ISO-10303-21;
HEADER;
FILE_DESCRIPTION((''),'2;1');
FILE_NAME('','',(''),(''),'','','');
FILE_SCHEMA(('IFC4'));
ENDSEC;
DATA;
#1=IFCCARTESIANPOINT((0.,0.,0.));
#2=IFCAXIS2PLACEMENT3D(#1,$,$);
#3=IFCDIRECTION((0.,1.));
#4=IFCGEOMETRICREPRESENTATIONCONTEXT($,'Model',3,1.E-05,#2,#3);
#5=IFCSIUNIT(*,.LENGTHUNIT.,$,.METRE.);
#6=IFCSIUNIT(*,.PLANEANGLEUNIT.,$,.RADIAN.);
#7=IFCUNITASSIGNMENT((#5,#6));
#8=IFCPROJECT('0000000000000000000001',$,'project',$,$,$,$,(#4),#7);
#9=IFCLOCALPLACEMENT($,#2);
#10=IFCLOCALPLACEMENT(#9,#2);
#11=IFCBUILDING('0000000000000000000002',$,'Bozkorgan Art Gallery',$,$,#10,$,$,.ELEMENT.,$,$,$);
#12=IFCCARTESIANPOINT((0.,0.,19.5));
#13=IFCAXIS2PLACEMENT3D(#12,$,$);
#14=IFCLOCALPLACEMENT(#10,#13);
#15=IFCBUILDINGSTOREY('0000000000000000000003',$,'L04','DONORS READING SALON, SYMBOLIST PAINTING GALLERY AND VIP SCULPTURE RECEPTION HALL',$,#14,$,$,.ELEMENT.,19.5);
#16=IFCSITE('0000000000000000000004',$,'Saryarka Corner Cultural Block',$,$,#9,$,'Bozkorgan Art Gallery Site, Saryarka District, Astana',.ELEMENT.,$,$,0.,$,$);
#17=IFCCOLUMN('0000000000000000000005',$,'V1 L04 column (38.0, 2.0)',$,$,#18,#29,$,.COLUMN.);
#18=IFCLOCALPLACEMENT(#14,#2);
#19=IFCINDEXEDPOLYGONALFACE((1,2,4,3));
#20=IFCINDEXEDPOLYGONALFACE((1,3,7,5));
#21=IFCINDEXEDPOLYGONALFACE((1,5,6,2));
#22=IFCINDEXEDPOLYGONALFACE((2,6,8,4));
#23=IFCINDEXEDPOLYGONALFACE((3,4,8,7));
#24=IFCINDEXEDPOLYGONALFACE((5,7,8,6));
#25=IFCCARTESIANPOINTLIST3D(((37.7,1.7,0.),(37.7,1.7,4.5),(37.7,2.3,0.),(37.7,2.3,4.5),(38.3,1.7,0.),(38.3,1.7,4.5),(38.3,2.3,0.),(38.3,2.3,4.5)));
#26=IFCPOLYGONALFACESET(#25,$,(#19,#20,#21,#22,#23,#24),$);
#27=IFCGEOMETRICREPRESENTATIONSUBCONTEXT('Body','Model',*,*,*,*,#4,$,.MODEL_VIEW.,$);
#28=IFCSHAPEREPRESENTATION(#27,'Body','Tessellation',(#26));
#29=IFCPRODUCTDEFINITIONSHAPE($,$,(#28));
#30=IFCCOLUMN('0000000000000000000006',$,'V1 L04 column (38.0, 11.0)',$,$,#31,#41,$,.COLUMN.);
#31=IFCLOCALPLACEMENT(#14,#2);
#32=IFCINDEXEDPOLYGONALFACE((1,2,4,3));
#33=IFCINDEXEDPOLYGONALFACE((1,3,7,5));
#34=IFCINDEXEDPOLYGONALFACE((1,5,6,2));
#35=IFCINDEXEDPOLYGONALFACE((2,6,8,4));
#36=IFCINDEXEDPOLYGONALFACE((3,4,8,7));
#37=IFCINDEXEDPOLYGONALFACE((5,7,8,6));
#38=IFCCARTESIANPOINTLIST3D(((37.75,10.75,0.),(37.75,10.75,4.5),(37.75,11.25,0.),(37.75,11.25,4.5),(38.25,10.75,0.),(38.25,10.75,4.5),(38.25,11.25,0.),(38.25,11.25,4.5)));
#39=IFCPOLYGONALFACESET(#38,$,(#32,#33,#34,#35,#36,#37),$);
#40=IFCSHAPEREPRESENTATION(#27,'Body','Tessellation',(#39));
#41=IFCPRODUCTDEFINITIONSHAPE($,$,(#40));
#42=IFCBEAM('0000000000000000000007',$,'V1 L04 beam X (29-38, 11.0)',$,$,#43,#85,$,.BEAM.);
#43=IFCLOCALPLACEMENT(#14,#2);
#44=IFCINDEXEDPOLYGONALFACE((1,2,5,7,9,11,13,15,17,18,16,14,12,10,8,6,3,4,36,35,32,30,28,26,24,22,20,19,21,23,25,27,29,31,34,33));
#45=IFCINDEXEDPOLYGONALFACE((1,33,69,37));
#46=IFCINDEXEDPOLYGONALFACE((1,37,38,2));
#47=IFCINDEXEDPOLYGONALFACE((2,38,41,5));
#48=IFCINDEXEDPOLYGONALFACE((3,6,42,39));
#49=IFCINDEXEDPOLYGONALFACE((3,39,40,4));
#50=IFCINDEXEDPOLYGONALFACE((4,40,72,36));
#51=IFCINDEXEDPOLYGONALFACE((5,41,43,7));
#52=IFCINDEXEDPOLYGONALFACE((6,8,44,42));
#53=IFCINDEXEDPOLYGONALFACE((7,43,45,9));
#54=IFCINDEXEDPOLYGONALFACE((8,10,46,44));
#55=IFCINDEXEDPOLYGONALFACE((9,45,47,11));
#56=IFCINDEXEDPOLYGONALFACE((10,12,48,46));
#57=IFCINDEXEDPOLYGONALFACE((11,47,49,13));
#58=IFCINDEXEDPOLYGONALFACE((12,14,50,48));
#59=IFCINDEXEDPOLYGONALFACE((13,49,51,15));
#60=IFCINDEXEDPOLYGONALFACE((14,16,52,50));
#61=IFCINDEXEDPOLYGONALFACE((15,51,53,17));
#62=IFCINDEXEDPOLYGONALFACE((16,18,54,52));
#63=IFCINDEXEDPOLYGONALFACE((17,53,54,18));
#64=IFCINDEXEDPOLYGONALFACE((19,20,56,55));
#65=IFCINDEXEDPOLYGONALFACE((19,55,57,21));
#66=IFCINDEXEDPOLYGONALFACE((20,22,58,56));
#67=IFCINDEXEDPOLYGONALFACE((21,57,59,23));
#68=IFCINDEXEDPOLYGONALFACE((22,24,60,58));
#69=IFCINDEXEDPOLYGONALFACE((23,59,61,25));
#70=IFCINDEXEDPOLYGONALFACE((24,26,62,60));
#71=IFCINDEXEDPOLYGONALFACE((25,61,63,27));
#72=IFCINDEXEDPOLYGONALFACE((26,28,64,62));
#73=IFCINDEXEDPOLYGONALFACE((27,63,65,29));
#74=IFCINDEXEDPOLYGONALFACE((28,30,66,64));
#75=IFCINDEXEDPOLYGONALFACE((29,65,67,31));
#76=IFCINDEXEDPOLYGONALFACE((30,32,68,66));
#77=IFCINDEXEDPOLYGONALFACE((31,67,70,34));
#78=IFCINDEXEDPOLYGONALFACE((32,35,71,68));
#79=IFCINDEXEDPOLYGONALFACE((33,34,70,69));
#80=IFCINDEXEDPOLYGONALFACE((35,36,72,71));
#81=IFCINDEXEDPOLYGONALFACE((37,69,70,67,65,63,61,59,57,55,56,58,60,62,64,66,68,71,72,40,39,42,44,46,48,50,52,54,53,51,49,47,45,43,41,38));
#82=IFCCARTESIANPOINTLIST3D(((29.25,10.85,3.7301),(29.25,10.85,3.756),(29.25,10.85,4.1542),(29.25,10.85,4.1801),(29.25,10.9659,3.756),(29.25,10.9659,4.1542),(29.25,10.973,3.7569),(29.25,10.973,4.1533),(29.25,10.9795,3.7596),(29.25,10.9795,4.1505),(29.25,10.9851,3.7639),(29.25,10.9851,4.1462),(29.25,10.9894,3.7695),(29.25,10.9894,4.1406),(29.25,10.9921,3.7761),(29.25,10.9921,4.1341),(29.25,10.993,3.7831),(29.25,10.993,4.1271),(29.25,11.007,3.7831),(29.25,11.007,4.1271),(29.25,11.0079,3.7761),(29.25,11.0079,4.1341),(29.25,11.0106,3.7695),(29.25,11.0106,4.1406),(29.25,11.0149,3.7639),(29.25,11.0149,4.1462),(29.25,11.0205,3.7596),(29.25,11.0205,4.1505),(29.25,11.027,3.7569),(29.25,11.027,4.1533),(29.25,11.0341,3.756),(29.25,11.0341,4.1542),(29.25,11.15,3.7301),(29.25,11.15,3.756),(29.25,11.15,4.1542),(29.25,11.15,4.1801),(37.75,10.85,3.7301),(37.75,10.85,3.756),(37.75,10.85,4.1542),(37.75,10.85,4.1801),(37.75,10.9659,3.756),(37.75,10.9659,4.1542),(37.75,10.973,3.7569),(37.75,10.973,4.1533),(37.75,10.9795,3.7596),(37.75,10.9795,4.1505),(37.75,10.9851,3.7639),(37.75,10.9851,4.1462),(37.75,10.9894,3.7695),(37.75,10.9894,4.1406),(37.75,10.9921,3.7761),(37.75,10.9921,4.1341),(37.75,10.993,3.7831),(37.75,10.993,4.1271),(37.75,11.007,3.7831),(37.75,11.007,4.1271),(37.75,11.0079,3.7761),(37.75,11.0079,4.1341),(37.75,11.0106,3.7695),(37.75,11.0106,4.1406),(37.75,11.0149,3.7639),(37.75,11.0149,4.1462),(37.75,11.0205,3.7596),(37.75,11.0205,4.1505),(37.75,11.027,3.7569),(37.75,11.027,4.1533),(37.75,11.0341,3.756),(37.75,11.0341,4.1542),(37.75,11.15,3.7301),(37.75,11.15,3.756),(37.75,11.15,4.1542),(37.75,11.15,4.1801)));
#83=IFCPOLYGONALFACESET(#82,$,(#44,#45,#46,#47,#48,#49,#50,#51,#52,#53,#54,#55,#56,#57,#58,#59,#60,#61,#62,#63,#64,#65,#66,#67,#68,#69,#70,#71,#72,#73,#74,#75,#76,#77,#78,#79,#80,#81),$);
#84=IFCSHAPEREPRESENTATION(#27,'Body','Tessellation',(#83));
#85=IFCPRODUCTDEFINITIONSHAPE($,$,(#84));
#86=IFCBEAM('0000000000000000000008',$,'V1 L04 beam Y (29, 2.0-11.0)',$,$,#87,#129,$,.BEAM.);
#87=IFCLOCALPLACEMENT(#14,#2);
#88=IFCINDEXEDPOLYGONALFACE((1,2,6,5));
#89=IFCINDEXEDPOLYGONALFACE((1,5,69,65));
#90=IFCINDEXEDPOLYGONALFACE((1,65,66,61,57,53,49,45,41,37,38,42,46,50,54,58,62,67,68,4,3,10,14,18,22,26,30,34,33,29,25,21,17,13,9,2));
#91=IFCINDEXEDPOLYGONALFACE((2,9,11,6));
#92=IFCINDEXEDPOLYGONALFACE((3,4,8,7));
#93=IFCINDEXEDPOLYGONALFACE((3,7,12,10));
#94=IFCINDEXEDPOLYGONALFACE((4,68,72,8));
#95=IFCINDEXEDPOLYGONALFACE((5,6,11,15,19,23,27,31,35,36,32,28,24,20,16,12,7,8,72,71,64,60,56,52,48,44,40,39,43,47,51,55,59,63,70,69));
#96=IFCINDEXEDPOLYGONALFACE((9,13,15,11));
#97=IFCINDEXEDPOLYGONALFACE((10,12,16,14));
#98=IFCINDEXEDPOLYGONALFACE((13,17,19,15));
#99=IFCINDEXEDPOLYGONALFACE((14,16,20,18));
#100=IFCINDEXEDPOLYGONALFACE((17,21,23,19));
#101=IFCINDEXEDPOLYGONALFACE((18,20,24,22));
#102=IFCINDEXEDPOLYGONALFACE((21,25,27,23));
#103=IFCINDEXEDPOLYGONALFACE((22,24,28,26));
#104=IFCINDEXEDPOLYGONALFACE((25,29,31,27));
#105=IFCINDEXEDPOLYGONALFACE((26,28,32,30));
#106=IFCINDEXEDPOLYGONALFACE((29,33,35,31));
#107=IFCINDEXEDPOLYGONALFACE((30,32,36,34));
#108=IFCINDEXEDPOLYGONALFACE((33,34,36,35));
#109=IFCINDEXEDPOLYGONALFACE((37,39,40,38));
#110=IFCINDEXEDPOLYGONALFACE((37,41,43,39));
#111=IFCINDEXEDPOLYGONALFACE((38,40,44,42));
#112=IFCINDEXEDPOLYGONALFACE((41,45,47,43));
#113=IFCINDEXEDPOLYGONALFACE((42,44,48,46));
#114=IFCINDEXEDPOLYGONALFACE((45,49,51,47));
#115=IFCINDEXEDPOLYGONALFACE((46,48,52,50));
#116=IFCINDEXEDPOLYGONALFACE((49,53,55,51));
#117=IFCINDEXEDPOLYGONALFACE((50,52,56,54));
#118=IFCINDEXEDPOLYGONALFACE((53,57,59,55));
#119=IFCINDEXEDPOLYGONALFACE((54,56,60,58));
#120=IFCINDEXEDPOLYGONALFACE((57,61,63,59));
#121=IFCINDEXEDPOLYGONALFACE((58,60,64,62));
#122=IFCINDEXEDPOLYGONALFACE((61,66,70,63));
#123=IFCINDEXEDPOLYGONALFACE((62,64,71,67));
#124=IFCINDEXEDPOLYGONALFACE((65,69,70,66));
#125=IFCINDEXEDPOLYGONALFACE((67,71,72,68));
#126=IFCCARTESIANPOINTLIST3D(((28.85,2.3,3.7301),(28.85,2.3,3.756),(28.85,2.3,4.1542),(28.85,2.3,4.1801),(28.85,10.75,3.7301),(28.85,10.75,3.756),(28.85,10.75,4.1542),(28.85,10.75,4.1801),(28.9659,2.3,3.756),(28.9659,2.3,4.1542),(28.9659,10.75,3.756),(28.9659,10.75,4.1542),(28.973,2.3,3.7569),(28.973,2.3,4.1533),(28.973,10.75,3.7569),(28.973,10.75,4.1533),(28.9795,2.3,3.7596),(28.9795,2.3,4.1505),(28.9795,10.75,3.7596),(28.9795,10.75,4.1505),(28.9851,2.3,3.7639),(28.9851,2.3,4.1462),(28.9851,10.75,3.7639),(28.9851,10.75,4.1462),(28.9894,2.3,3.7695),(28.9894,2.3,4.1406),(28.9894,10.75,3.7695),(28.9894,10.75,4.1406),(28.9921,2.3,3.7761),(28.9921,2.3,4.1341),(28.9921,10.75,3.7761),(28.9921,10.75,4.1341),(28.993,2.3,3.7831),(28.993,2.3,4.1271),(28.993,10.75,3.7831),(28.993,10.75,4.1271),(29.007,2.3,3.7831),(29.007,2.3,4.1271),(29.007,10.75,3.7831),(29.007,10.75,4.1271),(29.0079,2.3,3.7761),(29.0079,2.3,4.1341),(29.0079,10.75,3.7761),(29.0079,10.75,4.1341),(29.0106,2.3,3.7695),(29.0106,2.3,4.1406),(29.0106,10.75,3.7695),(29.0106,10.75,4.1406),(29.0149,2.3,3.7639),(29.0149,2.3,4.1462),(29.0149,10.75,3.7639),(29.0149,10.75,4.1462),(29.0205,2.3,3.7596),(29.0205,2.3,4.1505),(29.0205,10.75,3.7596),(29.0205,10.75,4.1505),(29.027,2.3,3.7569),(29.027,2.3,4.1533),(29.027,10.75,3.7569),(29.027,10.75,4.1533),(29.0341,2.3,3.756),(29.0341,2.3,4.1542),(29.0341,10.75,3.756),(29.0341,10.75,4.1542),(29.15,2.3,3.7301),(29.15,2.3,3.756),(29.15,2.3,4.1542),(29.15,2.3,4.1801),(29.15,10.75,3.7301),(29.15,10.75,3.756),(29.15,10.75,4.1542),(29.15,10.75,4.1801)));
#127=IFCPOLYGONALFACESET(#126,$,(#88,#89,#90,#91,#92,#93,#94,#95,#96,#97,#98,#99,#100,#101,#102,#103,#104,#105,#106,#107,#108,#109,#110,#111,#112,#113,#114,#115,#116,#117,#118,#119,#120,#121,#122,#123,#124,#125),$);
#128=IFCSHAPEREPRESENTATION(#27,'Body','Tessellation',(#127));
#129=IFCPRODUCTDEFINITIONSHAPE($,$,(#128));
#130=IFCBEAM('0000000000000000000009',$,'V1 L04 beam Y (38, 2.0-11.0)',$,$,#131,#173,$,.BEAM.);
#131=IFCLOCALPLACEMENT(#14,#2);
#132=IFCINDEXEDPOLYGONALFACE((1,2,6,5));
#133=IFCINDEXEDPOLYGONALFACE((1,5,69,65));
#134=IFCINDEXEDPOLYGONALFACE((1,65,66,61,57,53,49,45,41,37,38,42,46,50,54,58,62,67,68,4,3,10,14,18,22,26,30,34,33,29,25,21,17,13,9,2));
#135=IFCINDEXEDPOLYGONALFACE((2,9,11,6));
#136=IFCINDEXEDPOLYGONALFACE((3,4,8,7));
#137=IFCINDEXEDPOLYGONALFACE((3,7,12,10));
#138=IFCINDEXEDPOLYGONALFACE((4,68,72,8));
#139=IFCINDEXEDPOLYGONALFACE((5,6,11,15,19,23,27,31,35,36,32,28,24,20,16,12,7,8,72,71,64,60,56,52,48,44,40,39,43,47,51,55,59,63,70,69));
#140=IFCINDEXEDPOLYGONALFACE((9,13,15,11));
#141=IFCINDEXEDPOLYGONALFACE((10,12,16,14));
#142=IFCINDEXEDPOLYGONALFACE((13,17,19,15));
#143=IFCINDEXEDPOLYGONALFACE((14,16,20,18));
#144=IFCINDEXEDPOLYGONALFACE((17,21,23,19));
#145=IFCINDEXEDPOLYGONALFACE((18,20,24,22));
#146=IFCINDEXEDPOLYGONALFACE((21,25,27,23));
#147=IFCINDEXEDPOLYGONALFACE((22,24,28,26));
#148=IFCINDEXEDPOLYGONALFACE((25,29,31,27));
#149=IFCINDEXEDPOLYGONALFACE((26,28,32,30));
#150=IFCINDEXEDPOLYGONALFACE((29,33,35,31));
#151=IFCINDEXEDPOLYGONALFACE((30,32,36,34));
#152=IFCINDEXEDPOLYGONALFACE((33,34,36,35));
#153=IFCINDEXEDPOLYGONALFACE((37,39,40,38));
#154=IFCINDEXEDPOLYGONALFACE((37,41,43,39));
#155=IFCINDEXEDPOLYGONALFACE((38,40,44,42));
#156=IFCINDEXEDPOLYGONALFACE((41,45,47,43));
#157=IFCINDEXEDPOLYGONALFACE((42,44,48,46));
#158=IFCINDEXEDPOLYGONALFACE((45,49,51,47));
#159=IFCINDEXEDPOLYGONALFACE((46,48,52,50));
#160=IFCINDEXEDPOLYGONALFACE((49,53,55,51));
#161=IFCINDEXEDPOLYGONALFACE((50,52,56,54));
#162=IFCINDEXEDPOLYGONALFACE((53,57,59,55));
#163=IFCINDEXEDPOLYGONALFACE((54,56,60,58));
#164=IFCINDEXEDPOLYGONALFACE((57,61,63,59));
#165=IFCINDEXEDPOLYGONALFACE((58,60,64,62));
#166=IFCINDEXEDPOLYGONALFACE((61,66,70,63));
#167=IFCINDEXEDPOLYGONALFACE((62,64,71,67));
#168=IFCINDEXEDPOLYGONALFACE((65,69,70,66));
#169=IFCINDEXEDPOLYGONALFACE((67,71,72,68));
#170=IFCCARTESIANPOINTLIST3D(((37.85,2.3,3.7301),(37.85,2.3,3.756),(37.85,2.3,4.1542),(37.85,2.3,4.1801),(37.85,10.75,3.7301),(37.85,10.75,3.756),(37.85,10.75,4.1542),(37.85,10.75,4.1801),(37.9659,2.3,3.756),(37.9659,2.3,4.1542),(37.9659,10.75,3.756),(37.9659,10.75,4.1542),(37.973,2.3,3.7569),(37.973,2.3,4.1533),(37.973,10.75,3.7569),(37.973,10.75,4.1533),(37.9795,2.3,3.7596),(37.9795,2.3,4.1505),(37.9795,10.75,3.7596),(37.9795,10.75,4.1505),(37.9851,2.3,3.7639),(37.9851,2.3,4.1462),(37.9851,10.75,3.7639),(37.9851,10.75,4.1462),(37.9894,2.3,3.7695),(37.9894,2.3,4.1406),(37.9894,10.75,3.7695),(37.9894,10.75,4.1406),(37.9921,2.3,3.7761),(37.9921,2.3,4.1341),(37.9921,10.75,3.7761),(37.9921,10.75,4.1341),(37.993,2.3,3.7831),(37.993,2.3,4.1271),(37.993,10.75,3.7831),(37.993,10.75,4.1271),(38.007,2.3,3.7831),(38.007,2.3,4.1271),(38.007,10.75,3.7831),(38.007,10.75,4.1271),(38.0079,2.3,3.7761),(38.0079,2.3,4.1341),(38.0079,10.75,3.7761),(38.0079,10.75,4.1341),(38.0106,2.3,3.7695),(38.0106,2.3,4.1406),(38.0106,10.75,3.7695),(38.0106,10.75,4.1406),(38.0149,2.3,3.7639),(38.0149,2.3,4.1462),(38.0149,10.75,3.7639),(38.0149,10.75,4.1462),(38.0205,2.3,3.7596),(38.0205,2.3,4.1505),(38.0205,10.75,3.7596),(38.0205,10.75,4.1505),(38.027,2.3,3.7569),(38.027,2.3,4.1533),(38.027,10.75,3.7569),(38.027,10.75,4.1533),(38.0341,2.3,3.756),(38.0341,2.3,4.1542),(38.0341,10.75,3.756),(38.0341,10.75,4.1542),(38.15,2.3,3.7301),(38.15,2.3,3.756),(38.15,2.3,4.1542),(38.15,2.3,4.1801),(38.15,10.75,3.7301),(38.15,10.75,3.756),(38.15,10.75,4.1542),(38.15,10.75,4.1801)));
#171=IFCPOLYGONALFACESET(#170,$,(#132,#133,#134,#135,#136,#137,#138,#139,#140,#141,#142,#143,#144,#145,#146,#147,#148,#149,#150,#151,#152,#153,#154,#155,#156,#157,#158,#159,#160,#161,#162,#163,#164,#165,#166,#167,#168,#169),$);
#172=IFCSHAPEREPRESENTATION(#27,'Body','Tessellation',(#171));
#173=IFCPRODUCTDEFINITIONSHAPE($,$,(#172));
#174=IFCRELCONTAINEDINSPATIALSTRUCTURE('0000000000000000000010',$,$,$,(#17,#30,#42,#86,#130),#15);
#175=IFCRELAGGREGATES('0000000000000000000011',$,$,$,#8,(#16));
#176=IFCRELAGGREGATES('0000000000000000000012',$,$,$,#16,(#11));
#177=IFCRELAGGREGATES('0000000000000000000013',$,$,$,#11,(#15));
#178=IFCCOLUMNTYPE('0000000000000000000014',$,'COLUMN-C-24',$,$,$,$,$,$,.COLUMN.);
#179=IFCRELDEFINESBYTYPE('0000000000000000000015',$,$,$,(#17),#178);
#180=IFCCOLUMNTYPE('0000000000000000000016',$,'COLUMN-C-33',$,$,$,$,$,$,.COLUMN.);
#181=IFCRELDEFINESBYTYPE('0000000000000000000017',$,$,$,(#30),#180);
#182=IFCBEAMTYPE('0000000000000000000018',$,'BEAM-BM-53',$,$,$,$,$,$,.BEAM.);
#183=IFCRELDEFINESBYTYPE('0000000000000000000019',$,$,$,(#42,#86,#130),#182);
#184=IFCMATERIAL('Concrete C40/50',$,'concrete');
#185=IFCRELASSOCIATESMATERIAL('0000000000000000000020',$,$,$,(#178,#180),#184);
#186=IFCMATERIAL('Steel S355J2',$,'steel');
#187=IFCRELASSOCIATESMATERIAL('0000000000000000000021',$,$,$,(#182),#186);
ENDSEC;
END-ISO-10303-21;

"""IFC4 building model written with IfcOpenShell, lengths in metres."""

from ifc_helpers import new_model, si_unit, direction, frame, origin, origin_2d, place, context, subcontext, project, spatial, rectangle, i_section, extrude, material, material_profile, profile_set, type_object, element, save


model = new_model("IFC4")

# Units and contexts
model_context = context("Model", 3, precision=1e-05, world=origin(), true_north=direction((0.0, 1.0)))
body_context = subcontext(model_context, "Body", "Model", "MODEL_VIEW")
ifc_project = project(units=[si_unit("LENGTHUNIT", "METRE"), si_unit("PLANEANGLEUNIT", "RADIAN")], contexts=[model_context])

# Site, building, storey
site_placement = place(None, origin())
site = spatial("IfcSite", under=ifc_project, at=site_placement, Name="Saryarka Corner Cultural Block", LongName="Bozkorgan Art Gallery Site, Saryarka District, Astana", CompositionType="ELEMENT", RefElevation=0.0)
building_placement = place(site_placement, origin())
building = spatial("IfcBuilding", under=site, at=building_placement, Name="Bozkorgan Art Gallery", CompositionType="ELEMENT")
storey_placement = place(building_placement, frame((0.0, 0.0, 19.5)))
storey = spatial("IfcBuildingStorey", under=building, at=storey_placement, Name="L04", Description="DONORS READING SALON, SYMBOLIST PAINTING GALLERY AND VIP SCULPTURE RECEPTION HALL", CompositionType="ELEMENT", Elevation=19.5)

# Columns
ifc_material_1 = material(Name="Concrete C40/50", Category="concrete")
ifc_material_profile_1 = material_profile(ifc_material_1, rectangle(XDim=0.6001, YDim=0.6001, at=origin_2d()), Name="RC 600x600")
ifc_profile_set_1 = profile_set([ifc_material_profile_1], Name="Concrete C40/50")
column_type_1 = type_object("IfcColumnType", Name="COLUMN-C-24", PredefinedType="COLUMN", material=ifc_profile_set_1)
column_1_placement = place(storey_placement, frame((38.0, 2.0, 0.0), z_axis=(0.0, 0.0, 1.0), x_axis=(1.0, 0.0, 0.0)))
element("IfcColumn", 1, at=column_1_placement, inside=storey, type_object=column_type_1, Name="V1 L04 column (38.0, 2.0)", PredefinedType="COLUMN", context=body_context, shape_type="SweptSolid", body=[
    extrude(rectangle(XDim=0.6001, YDim=0.6001, at=origin_2d()), origin(), (0.0, 0.0, 1.0), 4.5),
])
ifc_material_profile_2 = material_profile(ifc_material_1, rectangle(XDim=0.5, YDim=0.5, at=origin_2d()), Name="RC 500x500")
ifc_profile_set_2 = profile_set([ifc_material_profile_2], Name="Concrete C40/50")
column_type_2 = type_object("IfcColumnType", Name="COLUMN-C-33", PredefinedType="COLUMN", material=ifc_profile_set_2)
column_2_placement = place(storey_placement, frame((38.0, 11.0, 0.0), z_axis=(0.0, 0.0, 1.0), x_axis=(1.0, 0.0, 0.0)))
element("IfcColumn", 2, at=column_2_placement, inside=storey, type_object=column_type_2, Name="V1 L04 column (38.0, 11.0)", PredefinedType="COLUMN", context=body_context, shape_type="SweptSolid", body=[
    extrude(rectangle(XDim=0.5, YDim=0.5, at=origin_2d()), origin(), (0.0, 0.0, 1.0), 4.5),
])

# Beams
ifc_material_2 = material(Name="Steel S355J2", Category="steel")
ifc_material_profile_3 = material_profile(ifc_material_2, i_section(OverallWidth=0.3, OverallDepth=0.45, WebThickness=0.0139, FlangeThickness=0.0259, FilletRadius=0.0271, at=origin_2d()), Name="HEB 450")
ifc_profile_set_3 = profile_set([ifc_material_profile_3], Name="Steel S355J2")
beam_type_1 = type_object("IfcBeamType", Name="BEAM-BM-53", PredefinedType="BEAM", material=ifc_profile_set_3)
beam_1_placement = place(storey_placement, frame((29.25, 11.0, 3.9551), z_axis=(1.0, 0.0, 0.0), x_axis=(0.0, 1.0, 0.0)))
element("IfcBeam", 3, at=beam_1_placement, inside=storey, type_object=beam_type_1, Name="V1 L04 beam X (29-38, 11.0)", PredefinedType="BEAM", context=body_context, shape_type="SweptSolid", body=[
    extrude(i_section(OverallWidth=0.3, OverallDepth=0.45, WebThickness=0.0139, FlangeThickness=0.0259, FilletRadius=0.0271, at=origin_2d()), origin(), (0.0, 0.0, 1.0), 8.5),
])
for number, where, z_axis, x_axis, name in (
    (4, (29.0, 2.3, 3.9551), (0.0, 1.0, 0.0), (-1.0, 0.0, 0.0), "V1 L04 beam Y (29, 2.0-11.0)"),
    (5, (38.0, 2.3, 3.9551), (0.0, 1.0, 0.0), (-1.0, 0.0, 0.0), "V1 L04 beam Y (38, 2.0-11.0)"),
):
    element("IfcBeam", number, at=place(storey_placement, frame(where, z_axis=z_axis, x_axis=x_axis)), inside=storey, type_object=beam_type_1, Name=name, PredefinedType="BEAM", context=body_context, shape_type="SweptSolid", body=[
        extrude(i_section(OverallWidth=0.3, OverallDepth=0.45, WebThickness=0.0139, FlangeThickness=0.0259, FilletRadius=0.0271, at=origin_2d()), origin(), (0.0, 0.0, 1.0), 8.45),
    ])

save(model, "model.ifc")
